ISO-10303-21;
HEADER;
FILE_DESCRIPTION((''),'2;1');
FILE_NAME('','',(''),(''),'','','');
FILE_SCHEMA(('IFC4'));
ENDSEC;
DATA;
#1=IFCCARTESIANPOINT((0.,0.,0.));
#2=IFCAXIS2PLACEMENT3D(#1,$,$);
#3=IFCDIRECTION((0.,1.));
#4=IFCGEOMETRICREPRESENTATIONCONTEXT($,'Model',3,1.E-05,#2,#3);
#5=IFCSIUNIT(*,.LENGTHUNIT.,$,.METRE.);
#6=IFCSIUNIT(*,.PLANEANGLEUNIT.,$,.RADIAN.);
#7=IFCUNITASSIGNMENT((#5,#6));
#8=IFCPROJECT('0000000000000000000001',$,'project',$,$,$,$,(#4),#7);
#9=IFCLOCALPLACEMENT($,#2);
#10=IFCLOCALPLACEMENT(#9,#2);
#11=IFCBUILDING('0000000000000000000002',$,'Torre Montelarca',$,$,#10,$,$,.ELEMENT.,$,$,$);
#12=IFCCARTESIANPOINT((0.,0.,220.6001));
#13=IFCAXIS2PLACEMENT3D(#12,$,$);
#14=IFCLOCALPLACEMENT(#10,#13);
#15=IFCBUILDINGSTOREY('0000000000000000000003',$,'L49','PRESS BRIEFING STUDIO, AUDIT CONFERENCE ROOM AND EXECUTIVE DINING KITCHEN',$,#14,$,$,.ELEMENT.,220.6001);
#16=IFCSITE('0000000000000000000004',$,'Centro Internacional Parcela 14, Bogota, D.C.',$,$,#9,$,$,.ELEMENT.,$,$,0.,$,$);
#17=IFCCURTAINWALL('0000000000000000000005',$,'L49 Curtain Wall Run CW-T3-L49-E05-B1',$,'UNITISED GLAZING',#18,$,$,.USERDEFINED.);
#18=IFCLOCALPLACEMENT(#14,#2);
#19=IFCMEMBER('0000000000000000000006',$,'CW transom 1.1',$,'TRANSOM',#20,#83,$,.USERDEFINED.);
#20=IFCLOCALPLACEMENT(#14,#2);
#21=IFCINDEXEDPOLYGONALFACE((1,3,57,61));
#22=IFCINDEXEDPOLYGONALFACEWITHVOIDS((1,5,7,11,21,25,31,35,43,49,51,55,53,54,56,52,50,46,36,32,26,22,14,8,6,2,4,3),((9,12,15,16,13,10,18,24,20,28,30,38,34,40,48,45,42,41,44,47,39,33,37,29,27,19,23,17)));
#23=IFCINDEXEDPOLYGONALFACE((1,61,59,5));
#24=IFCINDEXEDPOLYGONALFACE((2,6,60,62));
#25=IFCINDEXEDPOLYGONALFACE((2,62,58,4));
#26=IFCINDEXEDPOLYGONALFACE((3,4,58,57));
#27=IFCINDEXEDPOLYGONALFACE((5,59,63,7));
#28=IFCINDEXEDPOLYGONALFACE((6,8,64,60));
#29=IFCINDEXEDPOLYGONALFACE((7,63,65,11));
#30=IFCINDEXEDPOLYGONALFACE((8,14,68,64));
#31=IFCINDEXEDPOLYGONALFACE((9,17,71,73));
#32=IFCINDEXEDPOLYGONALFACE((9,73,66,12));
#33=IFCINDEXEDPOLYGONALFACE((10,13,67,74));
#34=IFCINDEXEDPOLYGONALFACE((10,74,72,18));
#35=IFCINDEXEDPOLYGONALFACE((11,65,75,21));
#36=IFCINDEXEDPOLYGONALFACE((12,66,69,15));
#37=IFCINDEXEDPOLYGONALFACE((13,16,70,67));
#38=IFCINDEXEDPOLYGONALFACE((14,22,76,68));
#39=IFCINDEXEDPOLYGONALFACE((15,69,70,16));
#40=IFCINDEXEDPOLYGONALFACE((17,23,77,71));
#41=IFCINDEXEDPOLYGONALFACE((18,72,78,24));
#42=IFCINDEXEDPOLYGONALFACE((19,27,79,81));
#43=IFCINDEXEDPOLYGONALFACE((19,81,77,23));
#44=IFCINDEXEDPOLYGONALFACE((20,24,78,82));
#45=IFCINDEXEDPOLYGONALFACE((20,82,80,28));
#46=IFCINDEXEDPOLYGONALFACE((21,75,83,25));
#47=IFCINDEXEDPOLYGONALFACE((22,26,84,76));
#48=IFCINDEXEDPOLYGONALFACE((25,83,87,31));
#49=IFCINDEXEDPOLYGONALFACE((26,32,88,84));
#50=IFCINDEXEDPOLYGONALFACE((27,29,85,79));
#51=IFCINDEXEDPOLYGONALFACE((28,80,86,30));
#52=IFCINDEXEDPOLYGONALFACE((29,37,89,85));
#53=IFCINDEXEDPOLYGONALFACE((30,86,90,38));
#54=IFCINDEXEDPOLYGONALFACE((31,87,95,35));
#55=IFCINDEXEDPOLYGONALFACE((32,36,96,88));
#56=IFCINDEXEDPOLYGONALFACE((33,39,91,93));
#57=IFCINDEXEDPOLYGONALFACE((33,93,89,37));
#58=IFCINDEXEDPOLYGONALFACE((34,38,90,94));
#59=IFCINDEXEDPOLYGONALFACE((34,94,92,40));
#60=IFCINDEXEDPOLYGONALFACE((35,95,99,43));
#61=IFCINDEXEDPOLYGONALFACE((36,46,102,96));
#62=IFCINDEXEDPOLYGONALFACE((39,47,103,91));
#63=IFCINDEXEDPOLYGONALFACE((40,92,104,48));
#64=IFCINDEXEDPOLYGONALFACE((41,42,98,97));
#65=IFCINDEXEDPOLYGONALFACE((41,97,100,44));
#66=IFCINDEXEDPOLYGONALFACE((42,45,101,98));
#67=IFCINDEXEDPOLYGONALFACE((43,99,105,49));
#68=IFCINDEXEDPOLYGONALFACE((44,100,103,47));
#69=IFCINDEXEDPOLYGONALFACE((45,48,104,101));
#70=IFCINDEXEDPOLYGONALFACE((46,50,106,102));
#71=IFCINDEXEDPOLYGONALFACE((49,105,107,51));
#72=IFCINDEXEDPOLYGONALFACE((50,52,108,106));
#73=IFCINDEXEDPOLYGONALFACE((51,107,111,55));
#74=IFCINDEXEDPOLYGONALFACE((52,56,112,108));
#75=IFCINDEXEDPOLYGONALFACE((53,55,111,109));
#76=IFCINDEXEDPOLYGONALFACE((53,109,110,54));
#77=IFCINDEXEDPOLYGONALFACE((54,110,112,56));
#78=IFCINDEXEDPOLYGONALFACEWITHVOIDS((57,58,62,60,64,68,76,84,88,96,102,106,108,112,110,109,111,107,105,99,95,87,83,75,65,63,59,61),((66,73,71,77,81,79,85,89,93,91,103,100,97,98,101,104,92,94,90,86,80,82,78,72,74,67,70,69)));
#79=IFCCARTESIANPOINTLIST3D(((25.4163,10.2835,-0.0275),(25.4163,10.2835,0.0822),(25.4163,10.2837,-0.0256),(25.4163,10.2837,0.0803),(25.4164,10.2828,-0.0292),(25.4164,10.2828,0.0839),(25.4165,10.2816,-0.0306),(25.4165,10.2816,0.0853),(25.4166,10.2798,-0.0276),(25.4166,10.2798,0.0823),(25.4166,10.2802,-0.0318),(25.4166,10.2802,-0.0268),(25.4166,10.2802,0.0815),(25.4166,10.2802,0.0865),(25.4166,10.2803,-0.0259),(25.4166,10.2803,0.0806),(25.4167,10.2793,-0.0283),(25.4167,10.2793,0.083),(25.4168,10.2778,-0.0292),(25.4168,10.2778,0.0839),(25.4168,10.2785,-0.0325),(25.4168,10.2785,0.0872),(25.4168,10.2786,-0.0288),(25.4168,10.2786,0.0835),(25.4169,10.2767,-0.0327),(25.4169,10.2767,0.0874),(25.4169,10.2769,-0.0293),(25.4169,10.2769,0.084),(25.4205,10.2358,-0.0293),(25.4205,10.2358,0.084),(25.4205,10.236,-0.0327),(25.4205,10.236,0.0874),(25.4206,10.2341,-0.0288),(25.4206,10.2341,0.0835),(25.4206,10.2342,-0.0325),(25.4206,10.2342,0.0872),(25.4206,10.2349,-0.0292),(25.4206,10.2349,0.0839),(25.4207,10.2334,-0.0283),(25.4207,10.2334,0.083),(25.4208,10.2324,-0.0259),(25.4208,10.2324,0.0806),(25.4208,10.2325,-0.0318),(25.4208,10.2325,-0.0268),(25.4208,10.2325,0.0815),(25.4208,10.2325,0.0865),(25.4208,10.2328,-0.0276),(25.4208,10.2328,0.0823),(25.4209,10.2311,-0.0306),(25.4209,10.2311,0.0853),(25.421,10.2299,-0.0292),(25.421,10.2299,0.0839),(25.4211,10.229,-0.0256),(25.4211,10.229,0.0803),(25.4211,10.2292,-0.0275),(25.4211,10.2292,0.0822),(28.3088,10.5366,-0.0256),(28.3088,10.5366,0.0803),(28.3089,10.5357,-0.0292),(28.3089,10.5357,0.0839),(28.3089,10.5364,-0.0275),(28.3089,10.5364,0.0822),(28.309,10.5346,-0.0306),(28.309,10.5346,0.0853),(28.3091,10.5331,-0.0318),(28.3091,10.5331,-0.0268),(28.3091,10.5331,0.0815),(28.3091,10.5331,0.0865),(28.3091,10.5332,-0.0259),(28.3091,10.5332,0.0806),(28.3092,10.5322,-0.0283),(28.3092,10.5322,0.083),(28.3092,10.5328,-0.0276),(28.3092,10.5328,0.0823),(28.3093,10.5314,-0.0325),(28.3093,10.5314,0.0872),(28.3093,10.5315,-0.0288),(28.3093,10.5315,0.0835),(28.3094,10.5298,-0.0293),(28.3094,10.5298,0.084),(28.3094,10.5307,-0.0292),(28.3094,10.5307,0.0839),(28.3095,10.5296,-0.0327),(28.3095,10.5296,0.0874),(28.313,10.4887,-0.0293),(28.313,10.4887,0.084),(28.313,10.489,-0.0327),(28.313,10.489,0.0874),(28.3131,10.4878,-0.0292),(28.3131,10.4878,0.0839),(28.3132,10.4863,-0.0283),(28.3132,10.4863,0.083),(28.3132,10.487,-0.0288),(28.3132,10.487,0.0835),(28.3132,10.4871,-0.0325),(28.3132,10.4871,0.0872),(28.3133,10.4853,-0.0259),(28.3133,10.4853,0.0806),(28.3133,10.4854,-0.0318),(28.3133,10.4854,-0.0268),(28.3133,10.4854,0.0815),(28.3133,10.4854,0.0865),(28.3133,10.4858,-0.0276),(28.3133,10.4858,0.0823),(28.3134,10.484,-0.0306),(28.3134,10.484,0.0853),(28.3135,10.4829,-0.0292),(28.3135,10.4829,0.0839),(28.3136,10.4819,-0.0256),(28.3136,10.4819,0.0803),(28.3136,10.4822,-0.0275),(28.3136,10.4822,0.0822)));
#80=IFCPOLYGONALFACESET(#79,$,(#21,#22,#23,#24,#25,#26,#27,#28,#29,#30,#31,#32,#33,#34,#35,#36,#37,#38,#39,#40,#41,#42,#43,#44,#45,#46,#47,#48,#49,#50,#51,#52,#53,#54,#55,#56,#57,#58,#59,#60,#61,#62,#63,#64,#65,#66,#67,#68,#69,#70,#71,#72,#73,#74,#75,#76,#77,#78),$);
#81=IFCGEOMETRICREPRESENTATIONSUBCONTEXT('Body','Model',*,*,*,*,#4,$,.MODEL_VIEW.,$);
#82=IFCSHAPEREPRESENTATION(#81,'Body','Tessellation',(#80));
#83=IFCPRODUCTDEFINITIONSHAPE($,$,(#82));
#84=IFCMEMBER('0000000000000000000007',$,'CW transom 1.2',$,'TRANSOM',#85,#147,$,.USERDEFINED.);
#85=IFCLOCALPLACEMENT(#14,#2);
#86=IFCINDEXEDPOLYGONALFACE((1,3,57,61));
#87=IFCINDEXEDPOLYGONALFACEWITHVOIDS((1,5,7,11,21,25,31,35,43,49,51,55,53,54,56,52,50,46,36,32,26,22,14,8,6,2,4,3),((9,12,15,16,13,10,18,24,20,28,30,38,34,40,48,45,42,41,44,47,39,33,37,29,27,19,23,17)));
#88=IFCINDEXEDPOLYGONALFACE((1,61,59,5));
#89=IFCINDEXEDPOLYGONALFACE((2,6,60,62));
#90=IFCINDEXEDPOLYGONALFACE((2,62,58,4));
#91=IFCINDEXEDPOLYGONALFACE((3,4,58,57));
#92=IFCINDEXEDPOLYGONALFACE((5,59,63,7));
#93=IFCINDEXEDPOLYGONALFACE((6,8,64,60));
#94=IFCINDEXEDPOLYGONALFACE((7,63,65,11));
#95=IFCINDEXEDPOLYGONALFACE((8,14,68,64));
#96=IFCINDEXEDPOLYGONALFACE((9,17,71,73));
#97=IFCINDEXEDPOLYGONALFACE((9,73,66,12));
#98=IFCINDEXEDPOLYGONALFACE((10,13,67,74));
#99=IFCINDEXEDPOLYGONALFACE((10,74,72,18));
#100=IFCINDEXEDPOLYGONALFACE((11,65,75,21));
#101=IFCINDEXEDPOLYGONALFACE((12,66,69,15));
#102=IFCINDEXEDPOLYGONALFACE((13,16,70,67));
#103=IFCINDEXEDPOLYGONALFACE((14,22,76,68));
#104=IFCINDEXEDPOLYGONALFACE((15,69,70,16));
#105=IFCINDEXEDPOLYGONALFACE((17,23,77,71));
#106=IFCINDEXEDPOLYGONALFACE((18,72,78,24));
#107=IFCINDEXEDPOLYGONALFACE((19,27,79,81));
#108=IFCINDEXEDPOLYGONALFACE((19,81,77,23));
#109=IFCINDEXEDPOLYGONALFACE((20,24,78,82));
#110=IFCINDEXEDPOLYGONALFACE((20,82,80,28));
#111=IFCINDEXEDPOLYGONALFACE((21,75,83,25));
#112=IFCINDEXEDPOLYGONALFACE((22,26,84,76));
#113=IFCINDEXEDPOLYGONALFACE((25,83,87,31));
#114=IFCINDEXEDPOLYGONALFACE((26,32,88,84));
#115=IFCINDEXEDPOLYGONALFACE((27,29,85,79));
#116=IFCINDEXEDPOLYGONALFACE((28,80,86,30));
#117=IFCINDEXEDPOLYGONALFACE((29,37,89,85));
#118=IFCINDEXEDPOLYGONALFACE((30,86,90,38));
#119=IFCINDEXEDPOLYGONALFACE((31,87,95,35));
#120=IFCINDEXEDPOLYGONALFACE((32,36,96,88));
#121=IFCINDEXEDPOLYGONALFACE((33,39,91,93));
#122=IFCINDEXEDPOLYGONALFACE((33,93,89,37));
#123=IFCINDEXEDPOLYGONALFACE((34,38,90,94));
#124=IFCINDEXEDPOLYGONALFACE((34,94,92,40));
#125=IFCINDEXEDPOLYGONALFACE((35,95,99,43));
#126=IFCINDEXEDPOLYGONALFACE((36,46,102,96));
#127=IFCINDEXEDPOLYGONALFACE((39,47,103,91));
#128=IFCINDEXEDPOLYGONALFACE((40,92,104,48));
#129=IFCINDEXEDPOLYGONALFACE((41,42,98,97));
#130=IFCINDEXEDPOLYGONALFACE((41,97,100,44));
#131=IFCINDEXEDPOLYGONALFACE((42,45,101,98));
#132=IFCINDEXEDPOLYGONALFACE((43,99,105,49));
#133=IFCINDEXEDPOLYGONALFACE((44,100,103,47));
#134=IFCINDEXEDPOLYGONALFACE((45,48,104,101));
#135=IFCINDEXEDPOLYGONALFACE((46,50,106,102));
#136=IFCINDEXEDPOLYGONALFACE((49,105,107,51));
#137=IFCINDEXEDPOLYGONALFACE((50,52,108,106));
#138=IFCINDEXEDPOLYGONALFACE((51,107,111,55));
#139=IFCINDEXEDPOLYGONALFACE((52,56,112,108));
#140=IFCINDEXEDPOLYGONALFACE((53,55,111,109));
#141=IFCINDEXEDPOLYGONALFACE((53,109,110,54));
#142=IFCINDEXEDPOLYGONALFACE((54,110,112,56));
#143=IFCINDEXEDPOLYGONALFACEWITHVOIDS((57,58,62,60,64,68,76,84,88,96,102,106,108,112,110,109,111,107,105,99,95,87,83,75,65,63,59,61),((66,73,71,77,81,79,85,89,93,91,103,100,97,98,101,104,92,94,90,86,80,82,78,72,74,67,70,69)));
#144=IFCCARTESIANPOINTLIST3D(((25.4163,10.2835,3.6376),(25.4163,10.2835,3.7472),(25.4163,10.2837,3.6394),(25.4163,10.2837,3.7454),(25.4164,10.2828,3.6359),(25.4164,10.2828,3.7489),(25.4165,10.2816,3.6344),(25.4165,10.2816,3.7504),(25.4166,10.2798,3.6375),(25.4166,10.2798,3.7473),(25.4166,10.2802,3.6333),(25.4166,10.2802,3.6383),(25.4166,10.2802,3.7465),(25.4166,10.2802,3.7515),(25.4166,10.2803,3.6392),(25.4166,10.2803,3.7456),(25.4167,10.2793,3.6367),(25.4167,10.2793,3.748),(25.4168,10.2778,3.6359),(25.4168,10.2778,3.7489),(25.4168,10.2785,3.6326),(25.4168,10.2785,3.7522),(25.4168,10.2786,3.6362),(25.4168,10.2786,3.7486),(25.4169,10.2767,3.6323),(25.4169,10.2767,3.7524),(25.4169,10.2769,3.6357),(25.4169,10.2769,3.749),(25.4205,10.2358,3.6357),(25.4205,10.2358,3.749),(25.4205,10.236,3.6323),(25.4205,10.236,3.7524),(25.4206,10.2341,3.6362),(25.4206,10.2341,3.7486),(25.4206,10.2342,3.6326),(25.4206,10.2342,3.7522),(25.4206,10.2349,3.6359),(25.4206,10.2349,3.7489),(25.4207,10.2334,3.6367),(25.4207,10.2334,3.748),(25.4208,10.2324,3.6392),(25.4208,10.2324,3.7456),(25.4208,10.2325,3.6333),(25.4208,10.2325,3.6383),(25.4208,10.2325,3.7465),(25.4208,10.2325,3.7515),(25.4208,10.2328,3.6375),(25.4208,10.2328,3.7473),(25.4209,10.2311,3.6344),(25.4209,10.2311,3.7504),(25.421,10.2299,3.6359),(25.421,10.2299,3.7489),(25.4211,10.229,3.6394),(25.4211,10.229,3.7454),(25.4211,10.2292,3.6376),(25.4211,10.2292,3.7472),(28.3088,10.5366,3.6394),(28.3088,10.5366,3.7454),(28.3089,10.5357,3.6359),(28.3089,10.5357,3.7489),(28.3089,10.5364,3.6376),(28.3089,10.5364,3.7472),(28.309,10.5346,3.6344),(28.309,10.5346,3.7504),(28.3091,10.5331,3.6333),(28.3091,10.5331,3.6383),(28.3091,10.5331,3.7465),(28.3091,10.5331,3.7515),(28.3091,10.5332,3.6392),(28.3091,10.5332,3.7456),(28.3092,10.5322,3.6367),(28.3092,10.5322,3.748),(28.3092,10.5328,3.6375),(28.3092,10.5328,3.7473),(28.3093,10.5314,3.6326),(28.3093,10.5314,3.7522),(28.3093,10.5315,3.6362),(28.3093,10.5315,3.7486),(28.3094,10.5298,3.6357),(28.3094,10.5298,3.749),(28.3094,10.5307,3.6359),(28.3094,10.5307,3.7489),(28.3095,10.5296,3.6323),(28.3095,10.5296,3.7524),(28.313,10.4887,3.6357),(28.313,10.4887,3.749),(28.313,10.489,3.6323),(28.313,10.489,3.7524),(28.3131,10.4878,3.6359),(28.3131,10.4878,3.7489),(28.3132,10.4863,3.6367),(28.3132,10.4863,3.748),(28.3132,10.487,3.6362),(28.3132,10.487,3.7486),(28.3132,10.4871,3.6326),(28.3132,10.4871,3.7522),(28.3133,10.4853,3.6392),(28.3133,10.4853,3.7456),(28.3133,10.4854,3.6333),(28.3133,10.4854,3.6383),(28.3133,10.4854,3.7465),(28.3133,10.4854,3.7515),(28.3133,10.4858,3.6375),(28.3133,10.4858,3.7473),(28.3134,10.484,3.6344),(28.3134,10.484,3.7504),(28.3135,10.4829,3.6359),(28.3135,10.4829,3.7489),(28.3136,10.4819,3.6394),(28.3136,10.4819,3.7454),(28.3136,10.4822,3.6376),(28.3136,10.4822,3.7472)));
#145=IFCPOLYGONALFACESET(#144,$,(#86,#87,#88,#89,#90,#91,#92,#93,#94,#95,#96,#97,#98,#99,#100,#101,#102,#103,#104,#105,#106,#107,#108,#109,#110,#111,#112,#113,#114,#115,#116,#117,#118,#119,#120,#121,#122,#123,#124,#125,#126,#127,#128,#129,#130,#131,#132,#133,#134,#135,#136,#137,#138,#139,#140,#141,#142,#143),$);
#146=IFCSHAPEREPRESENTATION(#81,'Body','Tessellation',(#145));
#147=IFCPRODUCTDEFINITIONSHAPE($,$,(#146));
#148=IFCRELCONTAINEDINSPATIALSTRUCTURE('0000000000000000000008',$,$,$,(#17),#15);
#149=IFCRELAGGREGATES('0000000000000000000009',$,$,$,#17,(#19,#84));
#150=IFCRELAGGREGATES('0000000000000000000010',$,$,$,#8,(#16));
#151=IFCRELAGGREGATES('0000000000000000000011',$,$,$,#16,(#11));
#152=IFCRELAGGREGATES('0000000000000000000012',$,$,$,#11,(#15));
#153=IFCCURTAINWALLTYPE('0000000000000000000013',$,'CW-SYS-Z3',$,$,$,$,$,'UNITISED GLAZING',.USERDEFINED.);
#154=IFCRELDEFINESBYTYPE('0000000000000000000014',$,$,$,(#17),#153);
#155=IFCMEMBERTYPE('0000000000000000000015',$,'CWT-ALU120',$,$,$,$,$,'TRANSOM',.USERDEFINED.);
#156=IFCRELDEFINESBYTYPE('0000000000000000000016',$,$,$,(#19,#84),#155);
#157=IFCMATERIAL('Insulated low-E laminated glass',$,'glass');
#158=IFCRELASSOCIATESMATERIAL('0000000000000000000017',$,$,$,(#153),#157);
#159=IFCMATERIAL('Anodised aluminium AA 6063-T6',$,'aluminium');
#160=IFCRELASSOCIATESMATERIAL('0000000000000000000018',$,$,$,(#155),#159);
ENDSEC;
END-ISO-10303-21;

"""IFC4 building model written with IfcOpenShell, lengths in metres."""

from ifc_helpers import new_model, si_unit, direction, frame, origin, origin_2d, place, context, subcontext, project, spatial, hollow_rectangle, extrude, source, transform, mapped, material, material_profile, profile_set, type_object, element, aggregate, save


model = new_model("IFC4")

# Units and contexts
model_context = context("Model", 3, precision=1e-05, world=origin(), true_north=direction((0.0, 1.0)))
body_context = subcontext(model_context, "Body", "Model", "MODEL_VIEW")
ifc_project = project(units=[si_unit("LENGTHUNIT", "METRE"), si_unit("PLANEANGLEUNIT", "RADIAN")], contexts=[model_context])

# Site, building, storey
site_placement = place(None, origin())
site = spatial("IfcSite", under=ifc_project, at=site_placement, Name="Centro Internacional Parcela 14, Bogota, D.C.", CompositionType="ELEMENT", RefElevation=0.0)
building_placement = place(site_placement, origin())
building = spatial("IfcBuilding", under=site, at=building_placement, Name="Torre Montelarca", CompositionType="ELEMENT")
storey_placement = place(building_placement, frame((0.0, 0.0, 220.6001)))
storey = spatial("IfcBuildingStorey", under=building, at=storey_placement, Name="L49", Description="PRESS BRIEFING STUDIO, AUDIT CONFERENCE ROOM AND EXECUTIVE DINING KITCHEN", CompositionType="ELEMENT", Elevation=220.6001)

# Curtain wall, members
ifc_material_1 = material(Name="Insulated low-E laminated glass", Category="glass")
curtain_wall_type = type_object("IfcCurtainWallType", Name="CW-SYS-Z3", ElementType="UNITISED GLAZING", PredefinedType="USERDEFINED", material=ifc_material_1)
ifc_material_2 = material(Name="Anodised aluminium AA 6063-T6", Category="aluminium")
ifc_material_profile_1 = material_profile(ifc_material_2, hollow_rectangle(XDim=0.0549, YDim=0.1201, WallThickness=0.0034, InnerFilletRadius=0.0034, OuterFilletRadius=0.0071, at=origin_2d()), Name="ALU55X120X3.5", Category="aluminium")
ifc_profile_set_1 = profile_set([ifc_material_profile_1], Name="Anodised aluminium AA 6063-T6")
member_type_1 = type_object("IfcMemberType", Name="CWT-ALU120", ElementType="TRANSOM", PredefinedType="USERDEFINED", material=ifc_profile_set_1)
curtain_wall_1_placement = place(storey_placement, origin())
curtain_wall_1 = element("IfcCurtainWall", 1, at=curtain_wall_1_placement, inside=storey, type_object=curtain_wall_type, Name="L49 Curtain Wall Run CW-T3-L49-E05-B1", ObjectType="UNITISED GLAZING", PredefinedType="USERDEFINED")
shared_shape_1 = source(origin(), body_context, "Body", "SweptSolid", [
    extrude(hollow_rectangle(XDim=0.0549, YDim=0.1201, WallThickness=0.0034, InnerFilletRadius=0.0034, OuterFilletRadius=0.0071, at=origin_2d()), origin(), (0.0, 0.0, 1.0), 2.9036),
])
member_1_placement = place(storey_placement, frame((25.4187, 10.2563, 0.0273), z_axis=(0.996199, 0.087109, 0.0), x_axis=(-0.087109, 0.996199, 0.0)))
member_1 = element("IfcMember", 2, at=member_1_placement, type_object=member_type_1, Name="CW transom 1.1", ObjectType="TRANSOM", PredefinedType="USERDEFINED", context=body_context, shape_type="MappedRepresentation", body=[
    mapped(shared_shape_1, transform((0.0, 0.0, 0.0), scale=1.0)),
])
member_2_placement = place(storey_placement, frame((25.4187, 10.2563, 3.6924), z_axis=(0.996199, 0.087109, 0.0), x_axis=(-0.087109, 0.996199, 0.0)))
member_2 = element("IfcMember", 3, at=member_2_placement, type_object=member_type_1, Name="CW transom 1.2", ObjectType="TRANSOM", PredefinedType="USERDEFINED", context=body_context, shape_type="MappedRepresentation", body=[
    mapped(shared_shape_1, transform((0.0, 0.0, 0.0), scale=1.0)),
])

aggregate(curtain_wall_1, [member_1, member_2])

save(model, "model.ifc")
